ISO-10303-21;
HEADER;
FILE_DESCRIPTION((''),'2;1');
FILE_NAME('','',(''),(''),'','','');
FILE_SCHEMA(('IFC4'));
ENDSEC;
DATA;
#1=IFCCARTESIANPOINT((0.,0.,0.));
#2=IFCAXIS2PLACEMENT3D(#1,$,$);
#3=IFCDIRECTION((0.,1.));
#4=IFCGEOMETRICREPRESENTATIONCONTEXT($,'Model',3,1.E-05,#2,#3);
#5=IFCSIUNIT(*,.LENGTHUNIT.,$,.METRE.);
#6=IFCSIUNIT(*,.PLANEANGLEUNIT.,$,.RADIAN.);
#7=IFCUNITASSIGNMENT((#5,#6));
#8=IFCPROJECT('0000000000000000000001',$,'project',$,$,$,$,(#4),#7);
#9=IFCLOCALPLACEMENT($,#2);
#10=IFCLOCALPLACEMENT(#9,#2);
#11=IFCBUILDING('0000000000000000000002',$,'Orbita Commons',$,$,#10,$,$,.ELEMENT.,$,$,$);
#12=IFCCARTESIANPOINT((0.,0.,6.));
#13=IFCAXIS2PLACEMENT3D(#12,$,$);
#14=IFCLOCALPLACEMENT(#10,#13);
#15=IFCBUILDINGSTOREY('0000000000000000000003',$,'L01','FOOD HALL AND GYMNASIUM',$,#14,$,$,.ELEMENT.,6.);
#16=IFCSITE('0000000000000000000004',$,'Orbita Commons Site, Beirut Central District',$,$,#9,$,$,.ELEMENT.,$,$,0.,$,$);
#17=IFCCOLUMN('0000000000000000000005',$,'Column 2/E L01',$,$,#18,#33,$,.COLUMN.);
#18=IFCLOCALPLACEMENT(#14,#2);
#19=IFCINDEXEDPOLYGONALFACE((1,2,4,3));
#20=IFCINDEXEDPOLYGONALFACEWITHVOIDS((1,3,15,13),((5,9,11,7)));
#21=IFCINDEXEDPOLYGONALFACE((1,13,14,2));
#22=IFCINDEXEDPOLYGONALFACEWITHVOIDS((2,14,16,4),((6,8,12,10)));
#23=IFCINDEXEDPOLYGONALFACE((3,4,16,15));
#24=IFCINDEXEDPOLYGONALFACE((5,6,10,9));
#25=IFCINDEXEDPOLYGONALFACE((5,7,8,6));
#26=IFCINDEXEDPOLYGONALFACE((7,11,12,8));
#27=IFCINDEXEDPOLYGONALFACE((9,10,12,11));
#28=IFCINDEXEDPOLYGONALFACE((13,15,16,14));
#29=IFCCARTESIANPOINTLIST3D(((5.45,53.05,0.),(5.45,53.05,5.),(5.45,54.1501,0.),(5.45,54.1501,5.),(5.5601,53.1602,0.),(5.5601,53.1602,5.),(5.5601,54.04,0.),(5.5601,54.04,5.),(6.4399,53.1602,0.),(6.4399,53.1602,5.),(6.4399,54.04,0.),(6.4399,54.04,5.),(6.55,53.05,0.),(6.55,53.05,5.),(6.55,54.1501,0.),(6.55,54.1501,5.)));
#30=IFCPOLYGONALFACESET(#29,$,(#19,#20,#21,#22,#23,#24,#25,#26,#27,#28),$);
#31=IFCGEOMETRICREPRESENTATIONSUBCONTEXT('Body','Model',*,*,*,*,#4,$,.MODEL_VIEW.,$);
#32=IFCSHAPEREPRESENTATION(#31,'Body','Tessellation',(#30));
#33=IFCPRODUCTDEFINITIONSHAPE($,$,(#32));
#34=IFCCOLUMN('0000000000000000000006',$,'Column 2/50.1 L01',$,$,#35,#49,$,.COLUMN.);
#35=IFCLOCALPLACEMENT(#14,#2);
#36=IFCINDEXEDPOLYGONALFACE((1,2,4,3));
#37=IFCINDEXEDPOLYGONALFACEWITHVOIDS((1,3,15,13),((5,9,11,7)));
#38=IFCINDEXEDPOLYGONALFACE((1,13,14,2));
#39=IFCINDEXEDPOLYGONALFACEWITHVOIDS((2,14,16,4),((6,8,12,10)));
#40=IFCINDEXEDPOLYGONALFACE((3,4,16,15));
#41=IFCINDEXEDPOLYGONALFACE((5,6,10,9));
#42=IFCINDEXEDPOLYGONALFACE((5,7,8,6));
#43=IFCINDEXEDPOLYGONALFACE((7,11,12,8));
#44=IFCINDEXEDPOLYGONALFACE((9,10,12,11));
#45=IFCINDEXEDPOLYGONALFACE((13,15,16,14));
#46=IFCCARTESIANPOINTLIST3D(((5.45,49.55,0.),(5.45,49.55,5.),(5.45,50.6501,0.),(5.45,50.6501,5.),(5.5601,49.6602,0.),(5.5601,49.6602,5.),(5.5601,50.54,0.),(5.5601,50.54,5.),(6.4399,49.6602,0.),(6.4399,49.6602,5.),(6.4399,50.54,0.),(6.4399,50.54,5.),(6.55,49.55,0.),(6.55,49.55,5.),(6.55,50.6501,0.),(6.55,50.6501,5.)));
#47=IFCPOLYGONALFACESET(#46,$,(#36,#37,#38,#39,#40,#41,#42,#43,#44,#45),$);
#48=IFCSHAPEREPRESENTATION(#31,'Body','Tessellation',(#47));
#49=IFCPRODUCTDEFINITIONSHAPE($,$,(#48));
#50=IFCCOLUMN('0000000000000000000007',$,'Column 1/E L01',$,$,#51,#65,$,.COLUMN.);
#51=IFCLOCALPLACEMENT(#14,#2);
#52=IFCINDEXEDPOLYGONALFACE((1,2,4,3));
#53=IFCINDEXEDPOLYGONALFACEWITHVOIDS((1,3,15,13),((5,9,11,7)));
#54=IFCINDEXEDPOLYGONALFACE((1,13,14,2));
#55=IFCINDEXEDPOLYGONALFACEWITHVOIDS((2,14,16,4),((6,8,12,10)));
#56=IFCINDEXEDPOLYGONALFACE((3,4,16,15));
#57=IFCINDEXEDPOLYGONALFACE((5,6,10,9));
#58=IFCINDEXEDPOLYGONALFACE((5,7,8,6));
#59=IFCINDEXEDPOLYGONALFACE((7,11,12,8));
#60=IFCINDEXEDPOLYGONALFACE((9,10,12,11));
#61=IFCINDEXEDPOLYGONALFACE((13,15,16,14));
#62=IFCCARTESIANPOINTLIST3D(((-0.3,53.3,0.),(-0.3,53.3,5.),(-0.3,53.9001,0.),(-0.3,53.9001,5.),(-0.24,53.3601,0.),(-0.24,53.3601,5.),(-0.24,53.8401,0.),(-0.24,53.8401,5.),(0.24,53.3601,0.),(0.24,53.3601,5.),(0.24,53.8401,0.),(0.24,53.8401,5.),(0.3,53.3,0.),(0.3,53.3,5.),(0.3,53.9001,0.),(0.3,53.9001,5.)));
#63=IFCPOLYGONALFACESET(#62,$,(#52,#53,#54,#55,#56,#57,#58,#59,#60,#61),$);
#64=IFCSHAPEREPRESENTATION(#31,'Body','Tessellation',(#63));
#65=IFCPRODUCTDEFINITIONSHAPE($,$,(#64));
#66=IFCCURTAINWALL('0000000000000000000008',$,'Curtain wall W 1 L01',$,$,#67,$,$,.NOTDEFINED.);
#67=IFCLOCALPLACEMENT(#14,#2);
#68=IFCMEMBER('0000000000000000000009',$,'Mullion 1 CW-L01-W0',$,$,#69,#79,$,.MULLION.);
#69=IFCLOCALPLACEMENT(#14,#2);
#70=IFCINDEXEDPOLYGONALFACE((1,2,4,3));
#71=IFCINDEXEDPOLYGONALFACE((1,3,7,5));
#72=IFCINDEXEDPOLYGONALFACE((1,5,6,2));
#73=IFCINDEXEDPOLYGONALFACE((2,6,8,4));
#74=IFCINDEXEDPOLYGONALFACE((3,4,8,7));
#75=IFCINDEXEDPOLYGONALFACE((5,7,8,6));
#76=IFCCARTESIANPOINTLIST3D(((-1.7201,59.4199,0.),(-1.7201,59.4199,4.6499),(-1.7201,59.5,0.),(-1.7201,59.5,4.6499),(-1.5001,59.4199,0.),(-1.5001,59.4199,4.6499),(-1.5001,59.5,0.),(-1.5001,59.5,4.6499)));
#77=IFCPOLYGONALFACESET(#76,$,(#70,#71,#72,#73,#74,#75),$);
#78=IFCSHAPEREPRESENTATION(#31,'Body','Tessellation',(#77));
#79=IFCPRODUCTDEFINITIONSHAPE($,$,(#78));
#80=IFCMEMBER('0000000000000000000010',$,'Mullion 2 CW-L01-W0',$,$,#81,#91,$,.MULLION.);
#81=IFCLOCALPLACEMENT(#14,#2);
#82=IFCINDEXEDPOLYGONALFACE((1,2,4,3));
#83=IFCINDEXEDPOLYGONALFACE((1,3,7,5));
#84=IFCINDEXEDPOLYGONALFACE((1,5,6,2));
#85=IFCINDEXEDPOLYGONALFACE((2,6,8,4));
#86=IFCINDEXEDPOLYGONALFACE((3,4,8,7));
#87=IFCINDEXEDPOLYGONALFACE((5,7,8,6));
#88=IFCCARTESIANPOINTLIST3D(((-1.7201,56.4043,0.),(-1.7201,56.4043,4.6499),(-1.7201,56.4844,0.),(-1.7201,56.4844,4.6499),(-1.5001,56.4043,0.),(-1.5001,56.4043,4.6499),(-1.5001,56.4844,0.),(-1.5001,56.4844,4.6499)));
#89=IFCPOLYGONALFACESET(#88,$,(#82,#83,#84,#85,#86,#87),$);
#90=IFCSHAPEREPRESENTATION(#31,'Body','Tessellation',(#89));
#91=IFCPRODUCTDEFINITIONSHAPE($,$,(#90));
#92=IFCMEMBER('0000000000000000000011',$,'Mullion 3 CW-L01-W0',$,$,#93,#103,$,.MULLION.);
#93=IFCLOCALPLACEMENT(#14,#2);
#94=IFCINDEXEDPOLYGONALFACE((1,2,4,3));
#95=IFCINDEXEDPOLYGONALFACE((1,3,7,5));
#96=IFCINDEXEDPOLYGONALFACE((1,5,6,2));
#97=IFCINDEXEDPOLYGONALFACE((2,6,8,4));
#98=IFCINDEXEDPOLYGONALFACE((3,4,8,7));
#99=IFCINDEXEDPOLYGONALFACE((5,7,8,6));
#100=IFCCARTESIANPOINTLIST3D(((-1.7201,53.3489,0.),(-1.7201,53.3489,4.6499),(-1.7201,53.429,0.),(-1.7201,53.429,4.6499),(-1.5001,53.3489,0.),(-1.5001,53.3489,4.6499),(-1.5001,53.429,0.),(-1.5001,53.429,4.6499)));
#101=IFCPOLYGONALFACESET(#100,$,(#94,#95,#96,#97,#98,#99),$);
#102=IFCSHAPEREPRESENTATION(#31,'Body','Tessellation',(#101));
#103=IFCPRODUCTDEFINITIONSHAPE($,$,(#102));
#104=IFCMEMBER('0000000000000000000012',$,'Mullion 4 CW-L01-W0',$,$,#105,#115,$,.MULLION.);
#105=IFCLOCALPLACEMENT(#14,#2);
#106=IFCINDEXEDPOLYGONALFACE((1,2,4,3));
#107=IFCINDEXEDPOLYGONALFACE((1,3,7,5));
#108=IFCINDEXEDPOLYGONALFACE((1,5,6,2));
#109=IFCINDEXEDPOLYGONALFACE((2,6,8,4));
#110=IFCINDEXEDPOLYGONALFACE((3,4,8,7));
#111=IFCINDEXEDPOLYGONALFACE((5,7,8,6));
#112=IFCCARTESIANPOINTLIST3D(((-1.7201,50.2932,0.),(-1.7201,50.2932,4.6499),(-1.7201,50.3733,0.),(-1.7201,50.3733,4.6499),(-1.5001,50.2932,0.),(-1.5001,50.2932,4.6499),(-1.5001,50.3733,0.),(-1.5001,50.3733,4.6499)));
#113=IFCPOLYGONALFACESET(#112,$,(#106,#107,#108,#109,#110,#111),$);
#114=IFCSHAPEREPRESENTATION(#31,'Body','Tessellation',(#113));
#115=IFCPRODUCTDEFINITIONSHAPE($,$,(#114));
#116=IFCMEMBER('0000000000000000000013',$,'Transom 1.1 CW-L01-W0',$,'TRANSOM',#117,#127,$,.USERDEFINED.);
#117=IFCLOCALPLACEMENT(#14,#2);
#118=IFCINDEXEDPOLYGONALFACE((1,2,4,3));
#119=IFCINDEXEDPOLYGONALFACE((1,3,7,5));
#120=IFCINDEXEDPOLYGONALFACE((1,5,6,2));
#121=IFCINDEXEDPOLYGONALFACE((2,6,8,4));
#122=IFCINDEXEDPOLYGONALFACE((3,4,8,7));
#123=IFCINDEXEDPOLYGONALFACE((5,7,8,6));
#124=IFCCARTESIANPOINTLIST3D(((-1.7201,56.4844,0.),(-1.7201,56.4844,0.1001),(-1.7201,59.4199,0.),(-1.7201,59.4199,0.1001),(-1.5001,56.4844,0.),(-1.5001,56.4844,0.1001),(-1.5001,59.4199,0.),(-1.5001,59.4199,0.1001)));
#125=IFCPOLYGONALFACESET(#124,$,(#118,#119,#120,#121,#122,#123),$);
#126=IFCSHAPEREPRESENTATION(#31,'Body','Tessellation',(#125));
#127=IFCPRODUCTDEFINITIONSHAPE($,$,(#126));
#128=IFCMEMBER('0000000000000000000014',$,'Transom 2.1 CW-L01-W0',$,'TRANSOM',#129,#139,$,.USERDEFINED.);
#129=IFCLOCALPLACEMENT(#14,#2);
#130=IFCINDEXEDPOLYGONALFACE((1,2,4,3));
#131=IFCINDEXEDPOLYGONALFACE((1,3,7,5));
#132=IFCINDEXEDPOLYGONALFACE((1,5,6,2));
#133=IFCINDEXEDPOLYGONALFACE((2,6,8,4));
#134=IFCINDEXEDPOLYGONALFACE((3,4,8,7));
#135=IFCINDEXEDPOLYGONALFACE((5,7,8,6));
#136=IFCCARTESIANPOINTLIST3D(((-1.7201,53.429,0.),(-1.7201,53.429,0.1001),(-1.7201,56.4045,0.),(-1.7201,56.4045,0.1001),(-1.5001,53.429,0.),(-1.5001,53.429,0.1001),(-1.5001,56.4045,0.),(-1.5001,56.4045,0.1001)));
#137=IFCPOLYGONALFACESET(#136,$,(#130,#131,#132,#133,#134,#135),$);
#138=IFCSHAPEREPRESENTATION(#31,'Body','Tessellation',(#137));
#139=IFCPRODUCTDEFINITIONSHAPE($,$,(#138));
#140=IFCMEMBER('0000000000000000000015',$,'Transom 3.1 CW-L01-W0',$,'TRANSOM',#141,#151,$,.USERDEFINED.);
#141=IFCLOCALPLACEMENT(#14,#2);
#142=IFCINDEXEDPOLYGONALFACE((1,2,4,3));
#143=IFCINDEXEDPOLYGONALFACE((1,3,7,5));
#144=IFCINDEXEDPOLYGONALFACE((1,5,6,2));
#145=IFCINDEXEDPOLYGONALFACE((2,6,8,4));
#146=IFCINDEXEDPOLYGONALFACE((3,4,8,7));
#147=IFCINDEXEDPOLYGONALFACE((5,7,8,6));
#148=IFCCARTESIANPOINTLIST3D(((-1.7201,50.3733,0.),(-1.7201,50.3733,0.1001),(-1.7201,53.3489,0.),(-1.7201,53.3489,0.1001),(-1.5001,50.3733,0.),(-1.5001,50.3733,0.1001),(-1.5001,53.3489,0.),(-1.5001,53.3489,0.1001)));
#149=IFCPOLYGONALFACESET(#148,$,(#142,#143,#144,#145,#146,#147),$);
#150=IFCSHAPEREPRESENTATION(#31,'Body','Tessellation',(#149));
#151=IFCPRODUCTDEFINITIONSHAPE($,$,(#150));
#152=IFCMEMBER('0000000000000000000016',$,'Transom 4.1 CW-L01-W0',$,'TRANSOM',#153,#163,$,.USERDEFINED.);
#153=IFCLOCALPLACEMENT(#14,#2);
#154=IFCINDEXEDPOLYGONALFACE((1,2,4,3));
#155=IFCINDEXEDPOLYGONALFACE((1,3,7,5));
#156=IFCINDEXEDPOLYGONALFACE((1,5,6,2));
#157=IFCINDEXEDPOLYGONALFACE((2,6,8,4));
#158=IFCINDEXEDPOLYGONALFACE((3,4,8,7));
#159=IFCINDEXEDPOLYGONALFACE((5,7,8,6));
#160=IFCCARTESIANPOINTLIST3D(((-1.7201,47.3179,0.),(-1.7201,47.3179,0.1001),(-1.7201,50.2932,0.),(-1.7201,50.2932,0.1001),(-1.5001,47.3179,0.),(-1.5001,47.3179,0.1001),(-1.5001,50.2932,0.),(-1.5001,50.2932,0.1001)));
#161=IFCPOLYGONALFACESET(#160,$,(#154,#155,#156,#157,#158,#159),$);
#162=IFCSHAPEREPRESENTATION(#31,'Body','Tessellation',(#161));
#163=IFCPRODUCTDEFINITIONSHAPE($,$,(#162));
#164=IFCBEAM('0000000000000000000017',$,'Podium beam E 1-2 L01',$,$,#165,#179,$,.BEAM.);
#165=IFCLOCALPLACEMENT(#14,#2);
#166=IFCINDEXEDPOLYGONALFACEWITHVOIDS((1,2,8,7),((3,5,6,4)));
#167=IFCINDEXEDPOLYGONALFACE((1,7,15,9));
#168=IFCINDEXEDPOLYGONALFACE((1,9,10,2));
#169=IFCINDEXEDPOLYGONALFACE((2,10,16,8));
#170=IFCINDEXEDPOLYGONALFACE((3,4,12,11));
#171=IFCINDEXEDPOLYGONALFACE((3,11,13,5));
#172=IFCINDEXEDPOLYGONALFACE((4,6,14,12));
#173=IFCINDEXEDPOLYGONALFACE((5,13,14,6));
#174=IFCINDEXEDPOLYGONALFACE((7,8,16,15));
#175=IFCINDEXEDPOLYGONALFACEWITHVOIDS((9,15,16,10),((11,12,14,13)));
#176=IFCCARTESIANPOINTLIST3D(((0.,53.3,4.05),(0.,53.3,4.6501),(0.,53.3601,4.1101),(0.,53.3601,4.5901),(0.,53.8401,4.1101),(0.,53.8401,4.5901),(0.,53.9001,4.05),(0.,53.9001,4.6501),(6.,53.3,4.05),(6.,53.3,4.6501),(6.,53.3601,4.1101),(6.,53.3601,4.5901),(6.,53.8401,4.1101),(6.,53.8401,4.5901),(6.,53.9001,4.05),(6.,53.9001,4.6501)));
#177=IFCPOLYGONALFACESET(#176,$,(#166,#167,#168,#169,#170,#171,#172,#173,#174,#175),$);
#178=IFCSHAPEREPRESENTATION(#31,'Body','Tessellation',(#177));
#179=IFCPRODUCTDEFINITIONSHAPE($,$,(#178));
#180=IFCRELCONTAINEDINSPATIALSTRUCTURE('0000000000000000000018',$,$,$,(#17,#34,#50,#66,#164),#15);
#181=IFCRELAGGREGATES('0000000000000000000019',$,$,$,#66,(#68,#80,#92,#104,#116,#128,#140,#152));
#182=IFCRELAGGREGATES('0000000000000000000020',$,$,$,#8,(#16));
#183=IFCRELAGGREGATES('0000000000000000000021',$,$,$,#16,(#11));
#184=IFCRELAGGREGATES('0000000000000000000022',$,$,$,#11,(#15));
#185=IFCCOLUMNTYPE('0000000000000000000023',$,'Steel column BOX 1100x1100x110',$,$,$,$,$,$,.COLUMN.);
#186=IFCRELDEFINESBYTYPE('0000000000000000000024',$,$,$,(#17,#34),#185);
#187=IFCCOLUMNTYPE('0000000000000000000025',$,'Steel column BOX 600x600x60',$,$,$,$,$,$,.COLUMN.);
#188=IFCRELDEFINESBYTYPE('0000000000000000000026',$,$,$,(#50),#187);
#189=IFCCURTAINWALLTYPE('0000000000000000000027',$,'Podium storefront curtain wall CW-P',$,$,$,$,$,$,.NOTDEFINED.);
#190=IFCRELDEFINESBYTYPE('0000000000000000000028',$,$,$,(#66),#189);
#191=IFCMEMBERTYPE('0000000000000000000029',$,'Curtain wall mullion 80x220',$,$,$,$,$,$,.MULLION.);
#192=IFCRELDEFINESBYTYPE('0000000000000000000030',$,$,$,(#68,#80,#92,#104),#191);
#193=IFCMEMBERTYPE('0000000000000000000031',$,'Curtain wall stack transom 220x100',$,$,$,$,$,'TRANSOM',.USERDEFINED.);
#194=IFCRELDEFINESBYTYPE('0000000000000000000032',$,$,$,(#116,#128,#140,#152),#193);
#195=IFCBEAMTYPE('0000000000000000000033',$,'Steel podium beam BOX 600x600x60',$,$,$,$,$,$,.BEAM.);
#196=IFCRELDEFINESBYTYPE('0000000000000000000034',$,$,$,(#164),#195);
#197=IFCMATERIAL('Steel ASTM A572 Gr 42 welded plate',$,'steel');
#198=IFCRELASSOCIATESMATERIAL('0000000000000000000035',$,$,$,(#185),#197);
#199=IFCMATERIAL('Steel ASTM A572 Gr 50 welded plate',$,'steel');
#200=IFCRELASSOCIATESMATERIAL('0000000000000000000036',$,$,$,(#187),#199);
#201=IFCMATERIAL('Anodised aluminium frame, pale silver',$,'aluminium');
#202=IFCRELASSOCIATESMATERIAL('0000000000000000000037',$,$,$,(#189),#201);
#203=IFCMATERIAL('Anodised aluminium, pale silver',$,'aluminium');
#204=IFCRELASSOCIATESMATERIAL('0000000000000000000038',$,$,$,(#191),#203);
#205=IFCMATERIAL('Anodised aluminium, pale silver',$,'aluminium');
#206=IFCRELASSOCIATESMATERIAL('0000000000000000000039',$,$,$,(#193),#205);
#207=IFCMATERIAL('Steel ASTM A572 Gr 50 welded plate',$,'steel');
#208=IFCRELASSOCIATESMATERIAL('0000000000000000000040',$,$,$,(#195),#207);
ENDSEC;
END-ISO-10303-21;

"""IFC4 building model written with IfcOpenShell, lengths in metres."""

from ifc_helpers import new_model, si_unit, direction, frame, origin, origin_2d, place, context, subcontext, project, spatial, rectangle, hollow_rectangle, extrude, material, material_profile, profile_set, type_object, element, aggregate, save


model = new_model("IFC4")

# Units and contexts
model_context = context("Model", 3, precision=1e-05, world=origin(), true_north=direction((0.0, 1.0)))
body_context = subcontext(model_context, "Body", "Model", "MODEL_VIEW")
ifc_project = project(units=[si_unit("LENGTHUNIT", "METRE"), si_unit("PLANEANGLEUNIT", "RADIAN")], contexts=[model_context])

# Site, building, storey
site_placement = place(None, origin())
site = spatial("IfcSite", under=ifc_project, at=site_placement, Name="Orbita Commons Site, Beirut Central District", CompositionType="ELEMENT", RefElevation=0.0)
building_placement = place(site_placement, origin())
building = spatial("IfcBuilding", under=site, at=building_placement, Name="Orbita Commons", CompositionType="ELEMENT")
storey_placement = place(building_placement, frame((0.0, 0.0, 6.0)))
storey = spatial("IfcBuildingStorey", under=building, at=storey_placement, Name="L01", Description="FOOD HALL AND GYMNASIUM", CompositionType="ELEMENT", Elevation=6.0)

# Columns
ifc_material_1 = material(Name="Steel ASTM A572 Gr 42 welded plate", Category="steel")
ifc_material_profile_1 = material_profile(ifc_material_1, hollow_rectangle(XDim=1.1001, YDim=1.1001, WallThickness=0.1101, at=origin_2d()), Name="BOX 1100x1100x110")
ifc_profile_set_1 = profile_set([ifc_material_profile_1], Name="Steel ASTM A572 Gr 42 welded plate")
column_type_1 = type_object("IfcColumnType", Name="Steel column BOX 1100x1100x110", PredefinedType="COLUMN", material=ifc_profile_set_1)
for number, where, z_axis, x_axis, name in (
    (1, (6.0, 53.6001, 0.0), (0.0, 0.0, 1.0), (1.0, 0.0, 0.0), "Column 2/E L01"),
    (2, (6.0, 50.1001, 0.0), (0.0, 0.0, 1.0), (1.0, 0.0, 0.0), "Column 2/50.1 L01"),
):
    element("IfcColumn", number, at=place(storey_placement, frame(where, z_axis=z_axis, x_axis=x_axis)), inside=storey, type_object=column_type_1, Name=name, PredefinedType="COLUMN", context=body_context, shape_type="SweptSolid", body=[
        extrude(hollow_rectangle(XDim=1.1001, YDim=1.1001, WallThickness=0.1101, at=origin_2d()), origin(), (0.0, 0.0, 1.0), 5.0),
    ])
ifc_material_2 = material(Name="Steel ASTM A572 Gr 50 welded plate", Category="steel")
ifc_material_profile_2 = material_profile(ifc_material_2, hollow_rectangle(XDim=0.6001, YDim=0.6001, WallThickness=0.0601, at=origin_2d()), Name="BOX 600x600x60")
ifc_profile_set_2 = profile_set([ifc_material_profile_2], Name="Steel ASTM A572 Gr 50 welded plate")
column_type_2 = type_object("IfcColumnType", Name="Steel column BOX 600x600x60", PredefinedType="COLUMN", material=ifc_profile_set_2)
column_placement = place(storey_placement, frame((0.0, 53.6001, 0.0), z_axis=(0.0, 0.0, 1.0), x_axis=(1.0, 0.0, 0.0)))
element("IfcColumn", 3, at=column_placement, inside=storey, type_object=column_type_2, Name="Column 1/E L01", PredefinedType="COLUMN", context=body_context, shape_type="SweptSolid", body=[
    extrude(hollow_rectangle(XDim=0.6001, YDim=0.6001, WallThickness=0.0601, at=origin_2d()), origin(), (0.0, 0.0, 1.0), 5.0),
])

# Curtain wall, members
ifc_material_3 = material(Name="Anodised aluminium frame, pale silver", Category="aluminium")
curtain_wall_type = type_object("IfcCurtainWallType", Name="Podium storefront curtain wall CW-P", PredefinedType="NOTDEFINED", material=ifc_material_3)
curtain_wall_placement = place(storey_placement, origin())
curtain_wall = element("IfcCurtainWall", 4, at=curtain_wall_placement, inside=storey, type_object=curtain_wall_type, Name="Curtain wall W 1 L01", PredefinedType="NOTDEFINED")
ifc_material_4 = material(Name="Anodised aluminium, pale silver", Category="aluminium")
ifc_material_profile_3 = material_profile(ifc_material_4, rectangle(XDim=0.0801, YDim=0.22, at=origin_2d()), Name="AL 80x220")
ifc_profile_set_3 = profile_set([ifc_material_profile_3], Name="Anodised aluminium, pale silver")
member_type_1 = type_object("IfcMemberType", Name="Curtain wall mullion 80x220", PredefinedType="MULLION", material=ifc_profile_set_3)
member_1_placement = place(storey_placement, frame((-1.6101, 59.46, 0.0), z_axis=(0.0, 0.0, 1.0), x_axis=(0.0, -1.0, 0.0)))
member_1 = element("IfcMember", 5, at=member_1_placement, type_object=member_type_1, Name="Mullion 1 CW-L01-W0", PredefinedType="MULLION", context=body_context, shape_type="SweptSolid", body=[
    extrude(rectangle(XDim=0.0801, YDim=0.22, at=origin_2d()), origin(), (0.0, 0.0, 1.0), 4.6499),
])
member_2_placement = place(storey_placement, frame((-1.6101, 56.4443, 0.0), z_axis=(0.0, 0.0, 1.0), x_axis=(0.0, -1.0, 0.0)))
member_2 = element("IfcMember", 6, at=member_2_placement, type_object=member_type_1, Name="Mullion 2 CW-L01-W0", PredefinedType="MULLION", context=body_context, shape_type="SweptSolid", body=[
    extrude(rectangle(XDim=0.0801, YDim=0.22, at=origin_2d()), origin(), (0.0, 0.0, 1.0), 4.6499),
])
member_3_placement = place(storey_placement, frame((-1.6101, 53.3889, 0.0), z_axis=(0.0, 0.0, 1.0), x_axis=(0.0, -1.0, 0.0)))
member_3 = element("IfcMember", 7, at=member_3_placement, type_object=member_type_1, Name="Mullion 3 CW-L01-W0", PredefinedType="MULLION", context=body_context, shape_type="SweptSolid", body=[
    extrude(rectangle(XDim=0.0801, YDim=0.22, at=origin_2d()), origin(), (0.0, 0.0, 1.0), 4.6499),
])
member_4_placement = place(storey_placement, frame((-1.6101, 50.3333, 0.0), z_axis=(0.0, 0.0, 1.0), x_axis=(0.0, -1.0, 0.0)))
member_4 = element("IfcMember", 8, at=member_4_placement, type_object=member_type_1, Name="Mullion 4 CW-L01-W0", PredefinedType="MULLION", context=body_context, shape_type="SweptSolid", body=[
    extrude(rectangle(XDim=0.0801, YDim=0.22, at=origin_2d()), origin(), (0.0, 0.0, 1.0), 4.6499),
])
ifc_material_5 = material(Name="Anodised aluminium, pale silver", Category="aluminium")
ifc_material_profile_4 = material_profile(ifc_material_5, rectangle(XDim=0.22, YDim=0.1001, at=origin_2d()), Name="AL 220x100")
ifc_profile_set_4 = profile_set([ifc_material_profile_4], Name="Anodised aluminium, pale silver")
member_type_2 = type_object("IfcMemberType", Name="Curtain wall stack transom 220x100", ElementType="TRANSOM", PredefinedType="USERDEFINED", material=ifc_profile_set_4)
member_5_placement = place(storey_placement, frame((-1.6101, 59.4199, 0.05), z_axis=(0.0, -1.0, 0.0), x_axis=(1.0, 0.0, 0.0)))
member_5 = element("IfcMember", 9, at=member_5_placement, type_object=member_type_2, Name="Transom 1.1 CW-L01-W0", ObjectType="TRANSOM", PredefinedType="USERDEFINED", context=body_context, shape_type="SweptSolid", body=[
    extrude(rectangle(XDim=0.22, YDim=0.1001, at=origin_2d()), origin(), (0.0, 0.0, 1.0), 2.9355),
])
member_6_placement = place(storey_placement, frame((-1.6101, 56.4045, 0.05), z_axis=(0.0, -1.0, 0.0), x_axis=(1.0, 0.0, 0.0)))
member_6 = element("IfcMember", 10, at=member_6_placement, type_object=member_type_2, Name="Transom 2.1 CW-L01-W0", ObjectType="TRANSOM", PredefinedType="USERDEFINED", context=body_context, shape_type="SweptSolid", body=[
    extrude(rectangle(XDim=0.22, YDim=0.1001, at=origin_2d()), origin(), (0.0, 0.0, 1.0), 2.9756),
])
member_7_placement = place(storey_placement, frame((-1.6101, 53.3489, 0.05), z_axis=(0.0, -1.0, 0.0), x_axis=(1.0, 0.0, 0.0)))
member_7 = element("IfcMember", 11, at=member_7_placement, type_object=member_type_2, Name="Transom 3.1 CW-L01-W0", ObjectType="TRANSOM", PredefinedType="USERDEFINED", context=body_context, shape_type="SweptSolid", body=[
    extrude(rectangle(XDim=0.22, YDim=0.1001, at=origin_2d()), origin(), (0.0, 0.0, 1.0), 2.9756),
])
member_8_placement = place(storey_placement, frame((-1.6101, 50.2932, 0.05), z_axis=(0.0, -1.0, 0.0), x_axis=(1.0, 0.0, 0.0)))
member_8 = element("IfcMember", 12, at=member_8_placement, type_object=member_type_2, Name="Transom 4.1 CW-L01-W0", ObjectType="TRANSOM", PredefinedType="USERDEFINED", context=body_context, shape_type="SweptSolid", body=[
    extrude(rectangle(XDim=0.22, YDim=0.1001, at=origin_2d()), origin(), (0.0, 0.0, 1.0), 2.9753),
])

# Beam
ifc_material_6 = material(Name="Steel ASTM A572 Gr 50 welded plate", Category="steel")
ifc_material_profile_5 = material_profile(ifc_material_6, hollow_rectangle(XDim=0.6001, YDim=0.6001, WallThickness=0.0601, at=origin_2d()), Name="BOX 600x600x60")
ifc_profile_set_5 = profile_set([ifc_material_profile_5], Name="Steel ASTM A572 Gr 50 welded plate")
beam_type = type_object("IfcBeamType", Name="Steel podium beam BOX 600x600x60", PredefinedType="BEAM", material=ifc_profile_set_5)
beam_placement = place(storey_placement, frame((0.0, 53.6001, 4.3501), z_axis=(1.0, 0.0, 0.0), x_axis=(0.0, 1.0, 0.0)))
element("IfcBeam", 13, at=beam_placement, inside=storey, type_object=beam_type, Name="Podium beam E 1-2 L01", PredefinedType="BEAM", context=body_context, shape_type="SweptSolid", body=[
    extrude(hollow_rectangle(XDim=0.6001, YDim=0.6001, WallThickness=0.0601, at=origin_2d()), origin(), (0.0, 0.0, 1.0), 6.0),
])

aggregate(curtain_wall, [member_1, member_2, member_3, member_4, member_5, member_6, member_7, member_8])

save(model, "model.ifc")
